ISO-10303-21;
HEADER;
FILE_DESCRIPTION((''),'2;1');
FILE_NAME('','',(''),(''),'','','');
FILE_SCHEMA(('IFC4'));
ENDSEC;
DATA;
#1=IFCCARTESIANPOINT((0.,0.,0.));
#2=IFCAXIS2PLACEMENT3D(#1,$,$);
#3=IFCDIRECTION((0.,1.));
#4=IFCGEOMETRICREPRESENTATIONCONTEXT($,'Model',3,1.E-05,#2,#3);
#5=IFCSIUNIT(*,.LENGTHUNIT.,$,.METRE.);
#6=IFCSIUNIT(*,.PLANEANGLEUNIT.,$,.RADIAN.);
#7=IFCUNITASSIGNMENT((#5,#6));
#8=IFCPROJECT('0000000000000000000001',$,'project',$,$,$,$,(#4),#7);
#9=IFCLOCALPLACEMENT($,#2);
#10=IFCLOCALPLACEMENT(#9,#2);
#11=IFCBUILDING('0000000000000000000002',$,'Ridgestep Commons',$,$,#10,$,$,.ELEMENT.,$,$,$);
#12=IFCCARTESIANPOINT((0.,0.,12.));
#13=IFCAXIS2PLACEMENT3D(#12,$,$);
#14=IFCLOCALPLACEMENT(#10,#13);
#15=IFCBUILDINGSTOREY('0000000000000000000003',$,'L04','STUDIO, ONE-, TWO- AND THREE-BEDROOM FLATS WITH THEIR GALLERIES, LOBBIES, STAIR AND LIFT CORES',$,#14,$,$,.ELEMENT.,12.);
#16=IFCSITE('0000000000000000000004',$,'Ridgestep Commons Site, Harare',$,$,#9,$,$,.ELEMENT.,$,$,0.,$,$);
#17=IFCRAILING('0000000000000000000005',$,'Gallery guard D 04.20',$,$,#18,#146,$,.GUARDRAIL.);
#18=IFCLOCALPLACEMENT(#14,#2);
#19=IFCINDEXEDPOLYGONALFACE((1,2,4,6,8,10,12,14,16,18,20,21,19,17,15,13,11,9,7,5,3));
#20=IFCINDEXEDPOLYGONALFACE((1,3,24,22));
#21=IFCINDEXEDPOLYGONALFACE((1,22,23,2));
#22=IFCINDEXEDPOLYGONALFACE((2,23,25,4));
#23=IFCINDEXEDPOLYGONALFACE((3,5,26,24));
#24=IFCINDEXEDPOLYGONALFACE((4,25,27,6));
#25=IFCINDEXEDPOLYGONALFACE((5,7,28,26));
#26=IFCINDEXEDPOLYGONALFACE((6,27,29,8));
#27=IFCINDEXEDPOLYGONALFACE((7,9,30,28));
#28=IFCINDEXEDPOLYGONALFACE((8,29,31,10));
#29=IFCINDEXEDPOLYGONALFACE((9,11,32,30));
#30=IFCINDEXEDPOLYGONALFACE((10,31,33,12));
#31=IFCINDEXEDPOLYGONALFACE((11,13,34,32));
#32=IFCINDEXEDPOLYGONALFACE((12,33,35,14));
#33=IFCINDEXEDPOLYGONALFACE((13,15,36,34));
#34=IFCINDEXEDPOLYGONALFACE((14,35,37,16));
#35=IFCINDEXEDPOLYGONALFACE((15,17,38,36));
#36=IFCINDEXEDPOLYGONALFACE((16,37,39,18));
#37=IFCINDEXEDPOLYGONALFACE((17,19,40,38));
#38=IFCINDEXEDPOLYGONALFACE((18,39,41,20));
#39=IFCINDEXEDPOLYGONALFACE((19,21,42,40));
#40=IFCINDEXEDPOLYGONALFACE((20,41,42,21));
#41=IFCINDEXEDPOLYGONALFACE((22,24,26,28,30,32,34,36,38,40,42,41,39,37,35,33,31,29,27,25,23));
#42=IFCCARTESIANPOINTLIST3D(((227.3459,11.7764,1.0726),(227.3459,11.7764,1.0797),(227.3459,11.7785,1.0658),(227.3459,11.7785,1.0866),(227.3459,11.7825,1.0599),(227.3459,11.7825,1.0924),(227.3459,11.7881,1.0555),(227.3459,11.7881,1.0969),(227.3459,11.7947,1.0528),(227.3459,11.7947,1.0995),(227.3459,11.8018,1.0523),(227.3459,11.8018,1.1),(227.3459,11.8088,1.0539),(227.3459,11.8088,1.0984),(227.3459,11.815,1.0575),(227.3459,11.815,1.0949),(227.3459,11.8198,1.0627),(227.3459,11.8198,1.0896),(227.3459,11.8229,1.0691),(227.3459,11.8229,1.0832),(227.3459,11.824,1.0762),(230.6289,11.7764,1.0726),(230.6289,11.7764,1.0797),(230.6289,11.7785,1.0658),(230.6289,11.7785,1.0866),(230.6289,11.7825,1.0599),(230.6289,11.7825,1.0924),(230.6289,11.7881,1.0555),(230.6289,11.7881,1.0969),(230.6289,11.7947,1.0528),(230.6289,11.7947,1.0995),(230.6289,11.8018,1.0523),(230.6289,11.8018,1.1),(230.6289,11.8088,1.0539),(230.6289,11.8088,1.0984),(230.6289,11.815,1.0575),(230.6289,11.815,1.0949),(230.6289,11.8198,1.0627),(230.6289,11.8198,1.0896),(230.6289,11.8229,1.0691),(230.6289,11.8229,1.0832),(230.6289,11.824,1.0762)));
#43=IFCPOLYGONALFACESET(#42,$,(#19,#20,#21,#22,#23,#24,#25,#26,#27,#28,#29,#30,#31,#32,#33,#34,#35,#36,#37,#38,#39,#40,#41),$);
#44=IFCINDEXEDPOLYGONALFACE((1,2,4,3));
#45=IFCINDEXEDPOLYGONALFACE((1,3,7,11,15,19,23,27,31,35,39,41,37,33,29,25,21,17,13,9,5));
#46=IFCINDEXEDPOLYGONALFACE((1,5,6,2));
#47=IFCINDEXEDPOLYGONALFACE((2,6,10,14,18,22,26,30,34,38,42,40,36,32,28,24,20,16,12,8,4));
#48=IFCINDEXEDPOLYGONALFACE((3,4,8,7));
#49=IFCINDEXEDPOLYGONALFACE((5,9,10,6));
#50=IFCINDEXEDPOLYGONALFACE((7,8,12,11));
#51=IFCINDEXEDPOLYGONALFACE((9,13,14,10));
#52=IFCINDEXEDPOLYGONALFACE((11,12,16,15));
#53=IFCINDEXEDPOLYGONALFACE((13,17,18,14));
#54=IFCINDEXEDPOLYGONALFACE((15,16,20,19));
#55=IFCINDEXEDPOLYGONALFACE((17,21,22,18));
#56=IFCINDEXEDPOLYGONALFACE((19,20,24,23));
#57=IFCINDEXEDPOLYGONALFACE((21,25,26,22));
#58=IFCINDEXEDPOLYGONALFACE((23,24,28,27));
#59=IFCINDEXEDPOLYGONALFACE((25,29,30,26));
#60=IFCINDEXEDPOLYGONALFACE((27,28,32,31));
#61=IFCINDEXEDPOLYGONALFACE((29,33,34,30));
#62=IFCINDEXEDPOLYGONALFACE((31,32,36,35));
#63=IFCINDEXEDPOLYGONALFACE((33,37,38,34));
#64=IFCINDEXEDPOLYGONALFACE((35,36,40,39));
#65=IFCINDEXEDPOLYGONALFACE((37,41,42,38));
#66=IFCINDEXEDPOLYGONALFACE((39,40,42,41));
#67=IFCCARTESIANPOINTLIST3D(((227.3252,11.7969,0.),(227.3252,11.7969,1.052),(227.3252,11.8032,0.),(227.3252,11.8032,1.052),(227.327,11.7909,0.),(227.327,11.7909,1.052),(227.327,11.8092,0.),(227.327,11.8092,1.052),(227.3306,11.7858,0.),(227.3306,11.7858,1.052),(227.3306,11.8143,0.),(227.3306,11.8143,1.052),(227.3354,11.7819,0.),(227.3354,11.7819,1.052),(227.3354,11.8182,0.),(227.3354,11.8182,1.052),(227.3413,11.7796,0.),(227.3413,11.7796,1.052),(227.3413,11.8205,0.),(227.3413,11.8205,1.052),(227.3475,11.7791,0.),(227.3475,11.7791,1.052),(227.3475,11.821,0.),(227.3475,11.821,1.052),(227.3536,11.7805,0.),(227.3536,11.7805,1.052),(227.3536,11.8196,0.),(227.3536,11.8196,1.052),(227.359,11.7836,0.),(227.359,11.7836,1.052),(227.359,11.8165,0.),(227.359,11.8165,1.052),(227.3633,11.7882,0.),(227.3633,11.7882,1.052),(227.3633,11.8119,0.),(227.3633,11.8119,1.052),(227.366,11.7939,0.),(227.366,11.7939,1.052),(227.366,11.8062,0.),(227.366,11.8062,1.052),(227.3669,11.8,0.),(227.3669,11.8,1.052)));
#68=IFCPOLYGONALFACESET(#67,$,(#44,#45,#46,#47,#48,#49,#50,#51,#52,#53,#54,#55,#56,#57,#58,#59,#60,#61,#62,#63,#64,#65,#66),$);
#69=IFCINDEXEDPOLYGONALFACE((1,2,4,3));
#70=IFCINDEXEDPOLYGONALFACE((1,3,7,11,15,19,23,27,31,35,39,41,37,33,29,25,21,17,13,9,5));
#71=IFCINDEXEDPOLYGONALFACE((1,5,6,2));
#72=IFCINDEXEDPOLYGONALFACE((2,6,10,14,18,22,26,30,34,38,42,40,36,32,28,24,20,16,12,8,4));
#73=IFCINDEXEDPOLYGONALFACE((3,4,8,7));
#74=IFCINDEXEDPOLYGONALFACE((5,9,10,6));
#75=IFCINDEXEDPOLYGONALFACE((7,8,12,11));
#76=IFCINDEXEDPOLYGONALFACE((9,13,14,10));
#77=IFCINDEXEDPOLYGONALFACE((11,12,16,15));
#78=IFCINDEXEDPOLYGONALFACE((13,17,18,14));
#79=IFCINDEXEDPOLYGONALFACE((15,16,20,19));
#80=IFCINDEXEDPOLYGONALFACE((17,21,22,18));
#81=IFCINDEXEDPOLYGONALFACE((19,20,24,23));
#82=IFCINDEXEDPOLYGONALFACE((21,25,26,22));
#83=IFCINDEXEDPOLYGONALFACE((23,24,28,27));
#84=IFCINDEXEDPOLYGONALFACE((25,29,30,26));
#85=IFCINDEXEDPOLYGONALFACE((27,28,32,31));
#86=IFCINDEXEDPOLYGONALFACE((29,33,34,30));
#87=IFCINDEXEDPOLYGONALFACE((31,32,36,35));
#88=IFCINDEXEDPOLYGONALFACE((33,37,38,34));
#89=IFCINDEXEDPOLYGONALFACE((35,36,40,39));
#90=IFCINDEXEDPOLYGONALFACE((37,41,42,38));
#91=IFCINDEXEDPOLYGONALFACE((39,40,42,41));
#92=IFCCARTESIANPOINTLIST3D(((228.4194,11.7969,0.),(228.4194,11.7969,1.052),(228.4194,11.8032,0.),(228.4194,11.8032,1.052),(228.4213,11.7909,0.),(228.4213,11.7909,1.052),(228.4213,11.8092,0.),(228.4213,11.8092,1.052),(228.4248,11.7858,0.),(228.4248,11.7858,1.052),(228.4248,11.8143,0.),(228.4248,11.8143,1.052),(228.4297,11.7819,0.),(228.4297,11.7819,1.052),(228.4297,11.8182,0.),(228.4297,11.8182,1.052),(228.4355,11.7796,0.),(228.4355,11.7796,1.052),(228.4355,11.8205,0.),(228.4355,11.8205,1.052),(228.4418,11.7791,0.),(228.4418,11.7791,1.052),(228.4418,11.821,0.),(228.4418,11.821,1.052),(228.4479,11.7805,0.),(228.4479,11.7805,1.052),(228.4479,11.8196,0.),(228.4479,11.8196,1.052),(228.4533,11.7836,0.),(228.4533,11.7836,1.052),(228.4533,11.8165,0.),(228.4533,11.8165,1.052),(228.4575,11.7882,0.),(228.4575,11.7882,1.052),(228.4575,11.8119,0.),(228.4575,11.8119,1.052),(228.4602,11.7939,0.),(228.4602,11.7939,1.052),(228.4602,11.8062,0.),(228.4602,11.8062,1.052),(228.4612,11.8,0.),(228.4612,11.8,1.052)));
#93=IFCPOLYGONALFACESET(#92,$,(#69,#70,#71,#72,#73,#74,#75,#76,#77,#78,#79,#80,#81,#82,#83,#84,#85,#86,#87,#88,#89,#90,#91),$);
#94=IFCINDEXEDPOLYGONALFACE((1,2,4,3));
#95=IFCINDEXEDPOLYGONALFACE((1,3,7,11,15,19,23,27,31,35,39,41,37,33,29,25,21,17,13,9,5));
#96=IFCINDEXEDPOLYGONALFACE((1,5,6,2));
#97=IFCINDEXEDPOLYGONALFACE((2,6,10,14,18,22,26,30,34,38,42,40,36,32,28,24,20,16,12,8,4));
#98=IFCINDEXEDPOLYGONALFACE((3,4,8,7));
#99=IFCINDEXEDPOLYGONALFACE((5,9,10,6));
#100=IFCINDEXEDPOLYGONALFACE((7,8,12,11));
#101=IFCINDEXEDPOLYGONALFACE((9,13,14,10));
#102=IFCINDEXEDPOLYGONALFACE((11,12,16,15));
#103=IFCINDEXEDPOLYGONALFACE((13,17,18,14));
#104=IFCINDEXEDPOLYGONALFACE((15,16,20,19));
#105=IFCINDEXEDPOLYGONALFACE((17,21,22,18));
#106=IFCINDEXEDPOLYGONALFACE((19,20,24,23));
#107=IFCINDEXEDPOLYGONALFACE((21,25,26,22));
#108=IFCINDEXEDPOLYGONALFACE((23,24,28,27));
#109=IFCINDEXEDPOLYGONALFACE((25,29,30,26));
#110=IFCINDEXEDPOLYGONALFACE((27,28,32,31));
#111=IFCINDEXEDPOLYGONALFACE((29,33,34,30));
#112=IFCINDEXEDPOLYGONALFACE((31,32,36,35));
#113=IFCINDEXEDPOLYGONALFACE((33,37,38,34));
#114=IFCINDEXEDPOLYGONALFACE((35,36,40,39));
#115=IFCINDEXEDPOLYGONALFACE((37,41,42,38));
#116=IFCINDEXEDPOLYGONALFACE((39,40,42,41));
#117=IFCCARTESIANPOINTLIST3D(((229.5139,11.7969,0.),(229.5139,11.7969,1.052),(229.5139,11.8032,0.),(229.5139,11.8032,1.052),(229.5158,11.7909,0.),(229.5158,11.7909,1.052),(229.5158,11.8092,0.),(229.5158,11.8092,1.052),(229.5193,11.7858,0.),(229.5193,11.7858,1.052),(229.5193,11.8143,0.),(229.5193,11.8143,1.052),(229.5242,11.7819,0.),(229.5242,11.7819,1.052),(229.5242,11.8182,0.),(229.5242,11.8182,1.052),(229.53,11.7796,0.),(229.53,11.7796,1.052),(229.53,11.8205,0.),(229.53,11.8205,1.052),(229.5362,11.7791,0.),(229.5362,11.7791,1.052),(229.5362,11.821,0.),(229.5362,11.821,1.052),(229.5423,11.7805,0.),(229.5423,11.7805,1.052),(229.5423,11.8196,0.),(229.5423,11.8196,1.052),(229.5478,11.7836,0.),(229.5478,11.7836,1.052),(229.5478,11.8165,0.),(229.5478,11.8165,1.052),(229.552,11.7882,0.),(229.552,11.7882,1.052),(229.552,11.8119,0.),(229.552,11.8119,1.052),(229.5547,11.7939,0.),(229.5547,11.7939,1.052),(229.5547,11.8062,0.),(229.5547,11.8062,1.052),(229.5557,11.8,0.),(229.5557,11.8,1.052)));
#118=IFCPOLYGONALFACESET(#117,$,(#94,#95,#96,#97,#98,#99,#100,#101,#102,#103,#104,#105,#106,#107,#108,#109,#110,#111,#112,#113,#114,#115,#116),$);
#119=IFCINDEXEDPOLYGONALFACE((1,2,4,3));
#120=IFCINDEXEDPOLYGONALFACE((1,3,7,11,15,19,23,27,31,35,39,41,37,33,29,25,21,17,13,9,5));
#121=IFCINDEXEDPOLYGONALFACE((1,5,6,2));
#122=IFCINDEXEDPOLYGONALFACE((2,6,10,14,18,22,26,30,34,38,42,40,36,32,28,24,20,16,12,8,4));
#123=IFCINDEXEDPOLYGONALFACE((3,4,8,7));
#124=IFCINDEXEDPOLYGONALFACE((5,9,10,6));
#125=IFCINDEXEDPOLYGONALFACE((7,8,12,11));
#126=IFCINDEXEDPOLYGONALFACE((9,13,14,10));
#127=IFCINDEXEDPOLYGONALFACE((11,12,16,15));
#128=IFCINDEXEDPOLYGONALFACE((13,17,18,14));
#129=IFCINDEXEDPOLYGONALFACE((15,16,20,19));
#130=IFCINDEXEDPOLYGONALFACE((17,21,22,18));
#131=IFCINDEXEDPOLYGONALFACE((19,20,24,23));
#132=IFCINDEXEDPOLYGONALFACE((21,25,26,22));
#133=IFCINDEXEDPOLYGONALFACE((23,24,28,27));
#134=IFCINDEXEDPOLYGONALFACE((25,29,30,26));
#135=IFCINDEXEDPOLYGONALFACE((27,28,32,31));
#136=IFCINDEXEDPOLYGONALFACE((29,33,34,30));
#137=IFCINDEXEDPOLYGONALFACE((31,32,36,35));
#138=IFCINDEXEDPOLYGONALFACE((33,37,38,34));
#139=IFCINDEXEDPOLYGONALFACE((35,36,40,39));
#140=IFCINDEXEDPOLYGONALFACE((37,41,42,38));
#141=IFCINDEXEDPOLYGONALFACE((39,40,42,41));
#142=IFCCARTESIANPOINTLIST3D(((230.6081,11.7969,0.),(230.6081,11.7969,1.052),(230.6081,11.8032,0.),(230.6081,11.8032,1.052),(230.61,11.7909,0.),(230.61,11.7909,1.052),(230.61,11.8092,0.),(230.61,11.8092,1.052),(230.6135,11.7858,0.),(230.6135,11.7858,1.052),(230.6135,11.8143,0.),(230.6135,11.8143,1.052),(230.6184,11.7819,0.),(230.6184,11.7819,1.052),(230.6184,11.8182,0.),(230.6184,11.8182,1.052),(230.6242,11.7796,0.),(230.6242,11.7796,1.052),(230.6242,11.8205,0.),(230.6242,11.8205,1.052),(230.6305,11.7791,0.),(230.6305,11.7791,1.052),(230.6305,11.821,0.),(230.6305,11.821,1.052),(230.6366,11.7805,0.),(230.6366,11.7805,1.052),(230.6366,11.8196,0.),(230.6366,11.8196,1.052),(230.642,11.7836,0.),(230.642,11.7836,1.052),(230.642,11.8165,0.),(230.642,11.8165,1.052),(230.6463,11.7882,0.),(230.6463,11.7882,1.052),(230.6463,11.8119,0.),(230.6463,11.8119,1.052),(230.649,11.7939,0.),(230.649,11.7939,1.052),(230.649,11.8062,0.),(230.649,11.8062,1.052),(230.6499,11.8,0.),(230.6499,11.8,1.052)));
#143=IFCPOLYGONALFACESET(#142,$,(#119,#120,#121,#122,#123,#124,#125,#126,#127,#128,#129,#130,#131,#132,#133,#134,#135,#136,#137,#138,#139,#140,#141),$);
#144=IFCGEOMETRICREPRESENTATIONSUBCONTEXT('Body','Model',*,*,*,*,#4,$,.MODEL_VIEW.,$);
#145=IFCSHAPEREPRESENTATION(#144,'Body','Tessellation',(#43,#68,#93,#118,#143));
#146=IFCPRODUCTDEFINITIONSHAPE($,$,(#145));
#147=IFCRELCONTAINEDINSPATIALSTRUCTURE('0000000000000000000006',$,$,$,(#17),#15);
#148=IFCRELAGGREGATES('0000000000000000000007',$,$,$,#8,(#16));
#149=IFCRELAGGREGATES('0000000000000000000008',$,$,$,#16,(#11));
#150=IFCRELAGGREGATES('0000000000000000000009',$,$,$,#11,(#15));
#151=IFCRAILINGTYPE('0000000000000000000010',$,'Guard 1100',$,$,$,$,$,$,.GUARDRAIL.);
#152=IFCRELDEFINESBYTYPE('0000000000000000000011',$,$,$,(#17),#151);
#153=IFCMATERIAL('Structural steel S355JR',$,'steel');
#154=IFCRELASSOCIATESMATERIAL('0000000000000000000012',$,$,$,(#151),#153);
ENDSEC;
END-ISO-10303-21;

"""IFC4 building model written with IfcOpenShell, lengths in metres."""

from ifc_helpers import new_model, si_unit, direction, frame, origin, origin_2d, place, context, subcontext, project, spatial, circle, extrude, material, type_object, element, save


model = new_model("IFC4")

# Units and contexts
model_context = context("Model", 3, precision=1e-05, world=origin(), true_north=direction((0.0, 1.0)))
body_context = subcontext(model_context, "Body", "Model", "MODEL_VIEW")
ifc_project = project(units=[si_unit("LENGTHUNIT", "METRE"), si_unit("PLANEANGLEUNIT", "RADIAN")], contexts=[model_context])

# Site, building, storey
site_placement = place(None, origin())
site = spatial("IfcSite", under=ifc_project, at=site_placement, Name="Ridgestep Commons Site, Harare", CompositionType="ELEMENT", RefElevation=0.0)
building_placement = place(site_placement, origin())
building = spatial("IfcBuilding", under=site, at=building_placement, Name="Ridgestep Commons", CompositionType="ELEMENT")
storey_placement = place(building_placement, frame((0.0, 0.0, 12.0)))
storey = spatial("IfcBuildingStorey", under=building, at=storey_placement, Name="L04", Description="STUDIO, ONE-, TWO- AND THREE-BEDROOM FLATS WITH THEIR GALLERIES, LOBBIES, STAIR AND LIFT CORES", CompositionType="ELEMENT", Elevation=12.0)

# Railing
ifc_material_1 = material(Name="Structural steel S355JR", Category="steel")
railing_type = type_object("IfcRailingType", Name="Guard 1100", PredefinedType="GUARDRAIL", material=ifc_material_1)
railing_1_placement = place(storey_placement, frame((227.3459, 11.8, 0.0)))
element("IfcRailing", 1, at=railing_1_placement, inside=storey, type_object=railing_type, Name="Gallery guard D 04.20", PredefinedType="GUARDRAIL", context=body_context, shape_type="SweptSolid", body=[
    extrude(circle(Radius=0.0239, at=origin_2d()), frame((0.0, 0.0, 1.0762), z_axis=(1.0, 0.0, 0.0), x_axis=(0.0, 1.0, 0.0)), (0.0, 0.0, 1.0), 3.283),
    extrude(circle(Radius=0.021, at=origin_2d()), origin(), (0.0, 0.0, 1.0), 1.052),
    extrude(circle(Radius=0.021, at=origin_2d()), frame((1.0942, 0.0, 0.0)), (0.0, 0.0, 1.0), 1.052),
    extrude(circle(Radius=0.021, at=origin_2d()), frame((2.1887, 0.0, 0.0)), (0.0, 0.0, 1.0), 1.052),
    extrude(circle(Radius=0.021, at=origin_2d()), frame((3.283, 0.0, 0.0)), (0.0, 0.0, 1.0), 1.052),
])

save(model, "model.ifc")
